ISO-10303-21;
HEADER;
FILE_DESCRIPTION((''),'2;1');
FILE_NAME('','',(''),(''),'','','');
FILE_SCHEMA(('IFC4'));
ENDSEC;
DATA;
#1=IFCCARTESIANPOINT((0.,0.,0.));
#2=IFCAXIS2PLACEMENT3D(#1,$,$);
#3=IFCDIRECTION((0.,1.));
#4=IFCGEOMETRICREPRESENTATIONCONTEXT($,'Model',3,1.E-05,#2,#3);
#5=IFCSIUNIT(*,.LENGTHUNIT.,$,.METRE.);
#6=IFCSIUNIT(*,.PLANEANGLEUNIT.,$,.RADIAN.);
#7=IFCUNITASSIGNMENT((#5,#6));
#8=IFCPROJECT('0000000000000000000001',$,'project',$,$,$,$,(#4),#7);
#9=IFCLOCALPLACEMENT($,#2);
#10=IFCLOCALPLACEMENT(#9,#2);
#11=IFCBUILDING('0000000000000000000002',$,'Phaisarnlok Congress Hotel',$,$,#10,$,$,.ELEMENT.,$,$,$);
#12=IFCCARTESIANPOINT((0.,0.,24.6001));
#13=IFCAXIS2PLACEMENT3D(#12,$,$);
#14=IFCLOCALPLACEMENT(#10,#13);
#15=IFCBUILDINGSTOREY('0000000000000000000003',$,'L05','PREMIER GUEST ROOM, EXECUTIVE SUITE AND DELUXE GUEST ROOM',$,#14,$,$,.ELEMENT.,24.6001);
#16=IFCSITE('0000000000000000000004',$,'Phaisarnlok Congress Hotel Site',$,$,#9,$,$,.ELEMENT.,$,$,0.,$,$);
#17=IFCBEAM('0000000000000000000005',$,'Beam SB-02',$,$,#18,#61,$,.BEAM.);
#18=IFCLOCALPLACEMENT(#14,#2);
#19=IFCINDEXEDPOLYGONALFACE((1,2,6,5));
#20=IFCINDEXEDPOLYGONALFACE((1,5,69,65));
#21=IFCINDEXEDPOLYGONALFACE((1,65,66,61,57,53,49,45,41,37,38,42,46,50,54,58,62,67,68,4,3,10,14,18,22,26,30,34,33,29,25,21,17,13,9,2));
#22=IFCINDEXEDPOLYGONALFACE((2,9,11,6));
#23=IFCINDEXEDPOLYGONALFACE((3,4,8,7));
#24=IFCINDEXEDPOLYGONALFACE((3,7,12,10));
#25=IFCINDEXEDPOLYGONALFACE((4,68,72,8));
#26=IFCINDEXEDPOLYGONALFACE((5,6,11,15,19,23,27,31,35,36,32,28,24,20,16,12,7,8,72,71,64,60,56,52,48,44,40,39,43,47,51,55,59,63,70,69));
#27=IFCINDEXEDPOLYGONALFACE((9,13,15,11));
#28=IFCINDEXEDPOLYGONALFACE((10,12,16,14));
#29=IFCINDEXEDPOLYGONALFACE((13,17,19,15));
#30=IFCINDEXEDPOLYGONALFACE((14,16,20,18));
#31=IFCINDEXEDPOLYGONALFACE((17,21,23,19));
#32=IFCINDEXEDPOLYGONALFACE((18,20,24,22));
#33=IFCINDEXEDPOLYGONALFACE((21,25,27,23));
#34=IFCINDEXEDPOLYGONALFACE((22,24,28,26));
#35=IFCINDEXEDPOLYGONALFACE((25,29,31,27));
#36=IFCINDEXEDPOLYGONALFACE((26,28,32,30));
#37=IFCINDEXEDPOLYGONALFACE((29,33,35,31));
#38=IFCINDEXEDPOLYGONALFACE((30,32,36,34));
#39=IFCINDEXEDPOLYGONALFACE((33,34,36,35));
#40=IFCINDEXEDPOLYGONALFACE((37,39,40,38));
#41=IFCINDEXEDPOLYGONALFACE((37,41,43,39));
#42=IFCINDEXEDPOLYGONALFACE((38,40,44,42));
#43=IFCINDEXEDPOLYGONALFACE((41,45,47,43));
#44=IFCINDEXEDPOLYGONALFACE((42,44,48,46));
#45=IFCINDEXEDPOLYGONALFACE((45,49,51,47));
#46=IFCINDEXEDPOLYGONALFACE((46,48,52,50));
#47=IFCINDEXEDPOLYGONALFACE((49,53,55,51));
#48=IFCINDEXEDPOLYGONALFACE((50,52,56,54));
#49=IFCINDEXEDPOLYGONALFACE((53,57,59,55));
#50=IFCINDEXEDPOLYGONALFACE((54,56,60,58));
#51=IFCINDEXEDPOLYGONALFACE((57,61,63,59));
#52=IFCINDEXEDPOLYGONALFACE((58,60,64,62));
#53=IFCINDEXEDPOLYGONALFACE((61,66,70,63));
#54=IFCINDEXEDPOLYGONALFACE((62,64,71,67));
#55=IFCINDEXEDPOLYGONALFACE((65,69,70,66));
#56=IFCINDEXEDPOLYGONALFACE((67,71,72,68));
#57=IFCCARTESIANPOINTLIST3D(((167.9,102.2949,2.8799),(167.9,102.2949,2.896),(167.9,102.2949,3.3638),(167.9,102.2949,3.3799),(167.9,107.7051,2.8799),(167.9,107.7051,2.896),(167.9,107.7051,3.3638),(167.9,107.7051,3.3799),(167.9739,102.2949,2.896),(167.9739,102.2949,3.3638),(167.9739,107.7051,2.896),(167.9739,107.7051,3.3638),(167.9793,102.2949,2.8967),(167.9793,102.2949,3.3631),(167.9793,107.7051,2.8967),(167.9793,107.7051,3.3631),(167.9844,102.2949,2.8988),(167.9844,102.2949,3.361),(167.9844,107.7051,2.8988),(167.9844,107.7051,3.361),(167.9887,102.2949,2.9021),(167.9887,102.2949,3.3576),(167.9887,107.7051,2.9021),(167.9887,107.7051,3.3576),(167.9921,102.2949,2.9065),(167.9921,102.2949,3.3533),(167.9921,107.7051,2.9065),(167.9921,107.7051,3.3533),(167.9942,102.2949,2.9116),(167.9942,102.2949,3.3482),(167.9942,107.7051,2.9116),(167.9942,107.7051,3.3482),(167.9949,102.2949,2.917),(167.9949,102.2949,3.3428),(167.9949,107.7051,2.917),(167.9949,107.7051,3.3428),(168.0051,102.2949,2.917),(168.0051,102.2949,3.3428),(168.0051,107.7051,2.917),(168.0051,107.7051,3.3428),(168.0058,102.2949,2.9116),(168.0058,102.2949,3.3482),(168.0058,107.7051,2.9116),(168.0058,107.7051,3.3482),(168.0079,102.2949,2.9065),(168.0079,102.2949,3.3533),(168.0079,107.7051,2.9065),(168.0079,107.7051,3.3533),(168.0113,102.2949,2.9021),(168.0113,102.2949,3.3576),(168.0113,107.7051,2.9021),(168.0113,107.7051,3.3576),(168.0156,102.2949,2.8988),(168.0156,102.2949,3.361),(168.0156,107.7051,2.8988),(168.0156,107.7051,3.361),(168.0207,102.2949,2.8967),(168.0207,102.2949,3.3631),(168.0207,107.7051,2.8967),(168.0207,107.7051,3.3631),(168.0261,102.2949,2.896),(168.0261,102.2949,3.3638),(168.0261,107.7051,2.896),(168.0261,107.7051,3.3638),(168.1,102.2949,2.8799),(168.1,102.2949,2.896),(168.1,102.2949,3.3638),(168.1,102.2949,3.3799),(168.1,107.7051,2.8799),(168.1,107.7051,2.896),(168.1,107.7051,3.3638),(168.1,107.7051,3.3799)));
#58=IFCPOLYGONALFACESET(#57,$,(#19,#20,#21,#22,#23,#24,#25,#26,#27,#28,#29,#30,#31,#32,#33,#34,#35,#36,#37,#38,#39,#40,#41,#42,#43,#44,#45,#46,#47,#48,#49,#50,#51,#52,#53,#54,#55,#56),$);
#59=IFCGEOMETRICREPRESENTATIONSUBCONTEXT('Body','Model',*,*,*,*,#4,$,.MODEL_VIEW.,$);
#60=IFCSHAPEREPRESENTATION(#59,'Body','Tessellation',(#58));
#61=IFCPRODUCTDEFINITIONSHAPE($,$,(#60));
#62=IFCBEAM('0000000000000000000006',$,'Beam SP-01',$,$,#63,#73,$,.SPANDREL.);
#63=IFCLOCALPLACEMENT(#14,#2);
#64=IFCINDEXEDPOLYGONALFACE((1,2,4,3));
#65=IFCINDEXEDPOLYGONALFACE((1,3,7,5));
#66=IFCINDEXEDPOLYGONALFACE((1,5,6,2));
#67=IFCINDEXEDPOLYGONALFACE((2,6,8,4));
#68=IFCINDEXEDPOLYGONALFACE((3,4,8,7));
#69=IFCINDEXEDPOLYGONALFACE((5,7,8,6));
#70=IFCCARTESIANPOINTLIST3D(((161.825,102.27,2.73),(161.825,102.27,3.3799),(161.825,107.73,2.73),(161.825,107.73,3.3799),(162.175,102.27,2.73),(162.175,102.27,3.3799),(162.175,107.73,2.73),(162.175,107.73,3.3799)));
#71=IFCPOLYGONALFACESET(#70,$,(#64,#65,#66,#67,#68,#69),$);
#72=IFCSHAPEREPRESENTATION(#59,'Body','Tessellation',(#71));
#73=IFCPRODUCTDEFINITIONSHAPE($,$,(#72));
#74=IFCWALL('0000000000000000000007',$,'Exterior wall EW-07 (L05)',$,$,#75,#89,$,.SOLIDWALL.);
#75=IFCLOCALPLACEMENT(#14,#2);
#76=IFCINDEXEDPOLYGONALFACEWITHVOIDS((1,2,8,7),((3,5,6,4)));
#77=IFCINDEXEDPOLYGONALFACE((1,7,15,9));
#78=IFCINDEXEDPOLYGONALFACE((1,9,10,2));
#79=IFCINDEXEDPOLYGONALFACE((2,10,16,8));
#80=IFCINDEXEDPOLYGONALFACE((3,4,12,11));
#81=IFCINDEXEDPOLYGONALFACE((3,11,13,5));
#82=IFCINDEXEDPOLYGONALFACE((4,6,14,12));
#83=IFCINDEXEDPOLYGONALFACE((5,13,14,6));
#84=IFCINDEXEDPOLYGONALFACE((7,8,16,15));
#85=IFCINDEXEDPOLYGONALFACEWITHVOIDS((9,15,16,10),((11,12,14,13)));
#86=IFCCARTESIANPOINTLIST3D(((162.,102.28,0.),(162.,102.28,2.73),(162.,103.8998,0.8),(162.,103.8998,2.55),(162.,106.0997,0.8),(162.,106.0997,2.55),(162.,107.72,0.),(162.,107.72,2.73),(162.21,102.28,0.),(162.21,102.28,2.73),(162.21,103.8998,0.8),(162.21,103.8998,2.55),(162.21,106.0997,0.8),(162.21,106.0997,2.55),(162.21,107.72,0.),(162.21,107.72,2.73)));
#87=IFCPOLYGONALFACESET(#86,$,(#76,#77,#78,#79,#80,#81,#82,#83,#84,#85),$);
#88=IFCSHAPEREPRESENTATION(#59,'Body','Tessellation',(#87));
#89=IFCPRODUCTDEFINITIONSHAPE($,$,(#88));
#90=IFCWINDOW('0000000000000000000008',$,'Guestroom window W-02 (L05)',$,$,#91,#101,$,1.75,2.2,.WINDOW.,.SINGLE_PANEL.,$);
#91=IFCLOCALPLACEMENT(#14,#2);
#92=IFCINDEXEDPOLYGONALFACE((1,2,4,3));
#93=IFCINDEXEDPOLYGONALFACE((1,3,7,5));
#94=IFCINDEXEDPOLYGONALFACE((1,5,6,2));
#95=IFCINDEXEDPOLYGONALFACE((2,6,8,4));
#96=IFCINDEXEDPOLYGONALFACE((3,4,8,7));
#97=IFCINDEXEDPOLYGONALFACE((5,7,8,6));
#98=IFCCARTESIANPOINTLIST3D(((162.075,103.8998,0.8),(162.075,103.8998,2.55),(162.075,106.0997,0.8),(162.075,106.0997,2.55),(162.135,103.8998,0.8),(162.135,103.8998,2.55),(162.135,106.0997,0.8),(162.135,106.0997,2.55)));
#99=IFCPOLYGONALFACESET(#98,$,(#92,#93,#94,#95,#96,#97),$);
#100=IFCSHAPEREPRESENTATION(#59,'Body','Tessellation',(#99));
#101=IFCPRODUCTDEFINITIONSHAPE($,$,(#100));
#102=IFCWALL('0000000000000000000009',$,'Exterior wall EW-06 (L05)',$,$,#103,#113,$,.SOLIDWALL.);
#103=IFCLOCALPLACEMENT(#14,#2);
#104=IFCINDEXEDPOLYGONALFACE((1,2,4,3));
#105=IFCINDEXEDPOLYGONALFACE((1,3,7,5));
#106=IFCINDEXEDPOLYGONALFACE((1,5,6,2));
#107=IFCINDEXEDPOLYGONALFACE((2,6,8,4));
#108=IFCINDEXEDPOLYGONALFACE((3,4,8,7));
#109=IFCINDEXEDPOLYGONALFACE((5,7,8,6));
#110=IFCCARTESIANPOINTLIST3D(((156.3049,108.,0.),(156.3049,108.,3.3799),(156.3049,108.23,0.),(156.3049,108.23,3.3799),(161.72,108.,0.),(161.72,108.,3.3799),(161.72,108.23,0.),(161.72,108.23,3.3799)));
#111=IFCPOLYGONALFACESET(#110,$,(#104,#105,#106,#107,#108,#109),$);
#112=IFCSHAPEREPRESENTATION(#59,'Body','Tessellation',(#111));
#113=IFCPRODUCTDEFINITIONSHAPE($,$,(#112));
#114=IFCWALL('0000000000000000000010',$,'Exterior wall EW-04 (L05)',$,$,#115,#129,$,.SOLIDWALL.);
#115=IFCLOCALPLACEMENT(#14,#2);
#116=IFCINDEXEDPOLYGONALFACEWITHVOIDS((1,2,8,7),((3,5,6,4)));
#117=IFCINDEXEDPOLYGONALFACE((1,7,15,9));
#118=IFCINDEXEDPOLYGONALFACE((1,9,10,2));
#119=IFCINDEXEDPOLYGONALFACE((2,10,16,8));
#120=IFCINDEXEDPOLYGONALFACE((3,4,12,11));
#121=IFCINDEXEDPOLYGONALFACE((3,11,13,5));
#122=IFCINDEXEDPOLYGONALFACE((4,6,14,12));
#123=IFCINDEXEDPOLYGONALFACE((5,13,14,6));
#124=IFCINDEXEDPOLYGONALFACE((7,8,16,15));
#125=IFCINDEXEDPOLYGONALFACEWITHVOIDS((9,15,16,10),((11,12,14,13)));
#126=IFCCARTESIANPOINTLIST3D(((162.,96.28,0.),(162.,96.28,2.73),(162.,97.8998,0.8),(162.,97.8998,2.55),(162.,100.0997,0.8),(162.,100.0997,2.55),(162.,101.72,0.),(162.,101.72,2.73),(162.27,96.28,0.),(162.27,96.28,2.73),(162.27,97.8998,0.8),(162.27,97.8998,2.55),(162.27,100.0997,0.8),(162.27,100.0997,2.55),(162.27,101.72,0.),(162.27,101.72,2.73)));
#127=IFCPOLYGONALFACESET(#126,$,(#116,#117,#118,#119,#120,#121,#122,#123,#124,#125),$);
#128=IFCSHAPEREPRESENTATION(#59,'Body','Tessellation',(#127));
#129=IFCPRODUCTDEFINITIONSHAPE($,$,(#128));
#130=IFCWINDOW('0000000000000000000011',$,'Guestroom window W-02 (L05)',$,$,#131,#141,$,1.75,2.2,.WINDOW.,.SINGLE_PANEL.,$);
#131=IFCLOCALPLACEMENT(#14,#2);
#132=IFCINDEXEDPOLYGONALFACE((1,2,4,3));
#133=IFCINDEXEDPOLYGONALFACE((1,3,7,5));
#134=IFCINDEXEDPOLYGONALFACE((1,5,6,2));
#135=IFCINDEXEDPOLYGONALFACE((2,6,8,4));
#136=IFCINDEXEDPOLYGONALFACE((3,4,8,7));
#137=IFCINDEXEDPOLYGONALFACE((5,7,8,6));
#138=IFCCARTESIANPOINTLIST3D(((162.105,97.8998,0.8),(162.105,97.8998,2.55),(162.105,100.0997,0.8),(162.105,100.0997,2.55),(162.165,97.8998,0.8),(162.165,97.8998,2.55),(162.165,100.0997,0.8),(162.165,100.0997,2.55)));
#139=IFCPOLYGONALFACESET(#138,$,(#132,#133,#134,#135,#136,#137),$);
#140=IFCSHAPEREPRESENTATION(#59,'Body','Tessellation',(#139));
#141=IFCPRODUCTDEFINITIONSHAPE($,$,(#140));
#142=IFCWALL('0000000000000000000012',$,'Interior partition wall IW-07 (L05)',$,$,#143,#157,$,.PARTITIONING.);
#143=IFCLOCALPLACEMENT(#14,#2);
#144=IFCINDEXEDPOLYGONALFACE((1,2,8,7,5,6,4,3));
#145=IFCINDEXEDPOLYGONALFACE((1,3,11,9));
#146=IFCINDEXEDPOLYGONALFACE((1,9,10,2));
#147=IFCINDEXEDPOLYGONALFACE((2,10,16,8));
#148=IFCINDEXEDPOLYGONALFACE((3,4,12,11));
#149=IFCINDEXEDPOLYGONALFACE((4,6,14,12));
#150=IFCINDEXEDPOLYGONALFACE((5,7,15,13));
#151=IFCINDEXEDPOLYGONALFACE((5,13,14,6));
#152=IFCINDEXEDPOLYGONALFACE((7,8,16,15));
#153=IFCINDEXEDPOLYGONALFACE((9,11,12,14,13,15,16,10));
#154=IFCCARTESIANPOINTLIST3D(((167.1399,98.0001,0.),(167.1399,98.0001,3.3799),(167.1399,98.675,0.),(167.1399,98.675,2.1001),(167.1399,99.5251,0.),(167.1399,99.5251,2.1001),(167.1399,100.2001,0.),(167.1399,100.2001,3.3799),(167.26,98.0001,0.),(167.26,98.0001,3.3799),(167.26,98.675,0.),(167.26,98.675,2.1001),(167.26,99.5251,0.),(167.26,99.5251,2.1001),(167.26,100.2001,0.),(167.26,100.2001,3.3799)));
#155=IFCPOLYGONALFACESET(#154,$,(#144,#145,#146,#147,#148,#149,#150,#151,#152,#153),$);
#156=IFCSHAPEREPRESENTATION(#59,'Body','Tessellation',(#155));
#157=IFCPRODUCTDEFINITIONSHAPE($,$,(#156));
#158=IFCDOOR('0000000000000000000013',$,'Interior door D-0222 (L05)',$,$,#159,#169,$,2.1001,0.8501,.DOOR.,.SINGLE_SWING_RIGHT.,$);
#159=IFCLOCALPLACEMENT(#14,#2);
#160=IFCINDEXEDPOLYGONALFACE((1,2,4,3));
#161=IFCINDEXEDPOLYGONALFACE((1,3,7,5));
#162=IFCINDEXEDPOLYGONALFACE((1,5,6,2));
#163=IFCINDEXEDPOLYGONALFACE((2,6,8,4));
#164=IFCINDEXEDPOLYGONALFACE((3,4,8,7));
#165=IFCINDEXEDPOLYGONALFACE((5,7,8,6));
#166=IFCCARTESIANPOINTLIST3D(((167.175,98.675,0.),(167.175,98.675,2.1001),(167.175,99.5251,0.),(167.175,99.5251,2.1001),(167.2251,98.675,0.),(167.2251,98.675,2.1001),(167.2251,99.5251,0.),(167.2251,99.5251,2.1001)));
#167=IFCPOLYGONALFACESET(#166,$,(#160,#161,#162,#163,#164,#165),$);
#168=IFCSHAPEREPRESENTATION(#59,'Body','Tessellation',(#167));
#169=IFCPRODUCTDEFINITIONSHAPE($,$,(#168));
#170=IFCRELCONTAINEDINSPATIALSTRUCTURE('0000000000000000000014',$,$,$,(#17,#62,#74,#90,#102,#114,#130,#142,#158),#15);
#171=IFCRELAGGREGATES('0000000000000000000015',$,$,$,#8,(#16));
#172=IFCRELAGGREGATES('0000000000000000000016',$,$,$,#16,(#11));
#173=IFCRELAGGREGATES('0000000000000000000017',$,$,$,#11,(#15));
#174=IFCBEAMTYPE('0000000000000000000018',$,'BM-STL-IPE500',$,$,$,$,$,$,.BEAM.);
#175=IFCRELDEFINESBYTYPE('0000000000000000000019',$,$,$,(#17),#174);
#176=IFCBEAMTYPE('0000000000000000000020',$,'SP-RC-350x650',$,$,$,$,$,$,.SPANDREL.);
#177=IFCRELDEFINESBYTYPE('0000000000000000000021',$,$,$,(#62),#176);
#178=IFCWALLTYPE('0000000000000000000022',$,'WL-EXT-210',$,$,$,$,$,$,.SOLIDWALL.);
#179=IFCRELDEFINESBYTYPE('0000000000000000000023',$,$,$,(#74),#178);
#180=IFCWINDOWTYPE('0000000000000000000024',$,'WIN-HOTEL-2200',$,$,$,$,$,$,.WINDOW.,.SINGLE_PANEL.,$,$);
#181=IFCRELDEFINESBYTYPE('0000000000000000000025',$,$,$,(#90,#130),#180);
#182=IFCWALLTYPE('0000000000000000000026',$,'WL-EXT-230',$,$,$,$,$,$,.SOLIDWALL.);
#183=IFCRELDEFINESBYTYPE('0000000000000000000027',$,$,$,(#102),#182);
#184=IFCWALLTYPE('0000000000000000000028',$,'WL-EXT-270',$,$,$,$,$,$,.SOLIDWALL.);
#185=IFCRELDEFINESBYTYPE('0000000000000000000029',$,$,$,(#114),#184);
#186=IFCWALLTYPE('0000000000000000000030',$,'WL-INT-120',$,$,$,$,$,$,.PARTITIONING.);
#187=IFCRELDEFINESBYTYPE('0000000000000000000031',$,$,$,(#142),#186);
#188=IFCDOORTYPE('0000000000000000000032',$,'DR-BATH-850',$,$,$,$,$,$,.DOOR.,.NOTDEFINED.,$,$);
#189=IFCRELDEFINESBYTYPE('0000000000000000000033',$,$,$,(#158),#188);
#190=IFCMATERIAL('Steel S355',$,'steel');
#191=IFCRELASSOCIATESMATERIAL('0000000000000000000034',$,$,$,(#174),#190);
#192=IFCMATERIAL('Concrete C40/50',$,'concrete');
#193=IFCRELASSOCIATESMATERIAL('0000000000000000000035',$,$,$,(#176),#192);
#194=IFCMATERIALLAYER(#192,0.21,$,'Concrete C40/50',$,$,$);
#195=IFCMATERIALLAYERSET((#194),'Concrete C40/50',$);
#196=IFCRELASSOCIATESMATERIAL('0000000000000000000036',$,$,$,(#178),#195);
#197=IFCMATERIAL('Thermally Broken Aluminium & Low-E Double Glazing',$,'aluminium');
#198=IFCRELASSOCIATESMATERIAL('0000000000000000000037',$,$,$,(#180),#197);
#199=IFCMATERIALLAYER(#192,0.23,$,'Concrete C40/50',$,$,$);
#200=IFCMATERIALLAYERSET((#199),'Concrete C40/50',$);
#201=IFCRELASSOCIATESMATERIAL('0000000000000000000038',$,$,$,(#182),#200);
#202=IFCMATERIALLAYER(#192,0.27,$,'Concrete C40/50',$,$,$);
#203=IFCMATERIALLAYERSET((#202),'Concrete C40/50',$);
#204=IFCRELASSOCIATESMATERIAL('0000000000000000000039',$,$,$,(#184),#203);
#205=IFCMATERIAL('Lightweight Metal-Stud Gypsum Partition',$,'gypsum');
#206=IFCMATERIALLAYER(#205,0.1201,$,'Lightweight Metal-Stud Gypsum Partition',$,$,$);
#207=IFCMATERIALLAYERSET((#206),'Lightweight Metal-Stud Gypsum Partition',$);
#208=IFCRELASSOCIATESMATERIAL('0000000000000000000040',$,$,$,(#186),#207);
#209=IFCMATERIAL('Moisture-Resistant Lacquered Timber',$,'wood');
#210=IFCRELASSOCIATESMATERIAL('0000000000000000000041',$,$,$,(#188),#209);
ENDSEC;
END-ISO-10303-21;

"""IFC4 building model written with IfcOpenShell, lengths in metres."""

from ifc_helpers import new_model, si_unit, direction, frame, frame_2d, origin, origin_2d, place, context, subcontext, project, spatial, rectangle, i_section, extrude, material, layer, layer_set, material_profile, profile_set, type_object, element, fill, save


model = new_model("IFC4")

# Units and contexts
model_context = context("Model", 3, precision=1e-05, world=origin(), true_north=direction((0.0, 1.0)))
body_context = subcontext(model_context, "Body", "Model", "MODEL_VIEW")
ifc_project = project(units=[si_unit("LENGTHUNIT", "METRE"), si_unit("PLANEANGLEUNIT", "RADIAN")], contexts=[model_context])

# Site, building, storey
site_placement = place(None, origin())
site = spatial("IfcSite", under=ifc_project, at=site_placement, Name="Phaisarnlok Congress Hotel Site", CompositionType="ELEMENT", RefElevation=0.0)
building_placement = place(site_placement, origin())
building = spatial("IfcBuilding", under=site, at=building_placement, Name="Phaisarnlok Congress Hotel", CompositionType="ELEMENT")
storey_placement = place(building_placement, frame((0.0, 0.0, 24.6001)))
storey = spatial("IfcBuildingStorey", under=building, at=storey_placement, Name="L05", Description="PREMIER GUEST ROOM, EXECUTIVE SUITE AND DELUXE GUEST ROOM", CompositionType="ELEMENT", Elevation=24.6001)

# Beams
ifc_material_1 = material(Name="Concrete C40/50", Category="concrete")
ifc_material_2 = material(Name="Steel S355", Category="steel")
ifc_material_profile_1 = material_profile(ifc_material_2, i_section(OverallWidth=0.2, OverallDepth=0.5, WebThickness=0.0103, FlangeThickness=0.0161, FilletRadius=0.021, at=origin_2d()), Name="IPE 500")
ifc_profile_set_1 = profile_set([ifc_material_profile_1], Name="Steel S355")
beam_type_1 = type_object("IfcBeamType", Name="BM-STL-IPE500", PredefinedType="BEAM", material=ifc_profile_set_1)
beam_1_placement = place(storey_placement, frame((168.0, 102.2949, 3.1299), z_axis=(0.0, 1.0, 0.0), x_axis=(-1.0, 0.0, 0.0)))
element("IfcBeam", 1, at=beam_1_placement, inside=storey, type_object=beam_type_1, Name="Beam SB-02", PredefinedType="BEAM", context=body_context, shape_type="SweptSolid", body=[
    extrude(i_section(OverallWidth=0.2, OverallDepth=0.5, WebThickness=0.0103, FlangeThickness=0.0161, FilletRadius=0.021, at=origin_2d()), origin(), (0.0, 0.0, 1.0), 5.4102),
])
ifc_material_profile_2 = material_profile(ifc_material_1, rectangle(XDim=0.3501, YDim=0.6499, at=origin_2d()), Name="RC 350x650")
ifc_profile_set_2 = profile_set([ifc_material_profile_2], Name="Concrete C40/50")
beam_type_2 = type_object("IfcBeamType", Name="SP-RC-350x650", PredefinedType="SPANDREL", material=ifc_profile_set_2)
beam_2_placement = place(storey_placement, frame((162.0, 102.27, 3.0549), z_axis=(0.0, 1.0, 0.0), x_axis=(-1.0, 0.0, 0.0)))
element("IfcBeam", 2, at=beam_2_placement, inside=storey, type_object=beam_type_2, Name="Beam SP-01", PredefinedType="SPANDREL", context=body_context, shape_type="SweptSolid", body=[
    extrude(rectangle(XDim=0.3501, YDim=0.6499, at=origin_2d()), origin(), (0.0, 0.0, 1.0), 5.46),
])

# Wall, opening, window
ifc_layer_1 = layer(ifc_material_1, 0.21, Name="Concrete C40/50")
ifc_layer_set_1 = layer_set([ifc_layer_1], Name="Concrete C40/50")
wall_type_1 = type_object("IfcWallType", Name="WL-EXT-210", PredefinedType="SOLIDWALL", material=ifc_layer_set_1)
wall_1_placement = place(storey_placement, frame((162.105, 107.72, 0.0), z_axis=(0.0, 0.0, 1.0), x_axis=(0.0, -1.0, 0.0)))
wall_1 = element("IfcWall", 3, at=wall_1_placement, inside=storey, type_object=wall_type_1, Name="Exterior wall EW-07 (L05)", PredefinedType="SOLIDWALL", context=body_context, shape_type="SweptSolid", body=[
    extrude(rectangle(XDim=5.4399, YDim=0.21, at=frame_2d((2.72, 0.0))), origin(), (0.0, 0.0, 1.0), 2.73),
])
opening_1_placement = place(wall_1_placement, frame((1.6201, 0.0, 0.8)))
opening_1 = element("IfcOpeningElement", 4, at=opening_1_placement, cuts=wall_1, PredefinedType="OPENING", context=body_context, shape_type="SweptSolid", body=[
    extrude(rectangle(XDim=2.2, YDim=1.75, at=frame_2d((1.1001, 0.875))), frame((0.0, 0.115, 0.0), z_axis=(0.0, -1.0, 0.0), x_axis=(1.0, 0.0, 0.0)), (0.0, 0.0, 1.0), 0.23),
])
ifc_material_3 = material(Name="Thermally Broken Aluminium & Low-E Double Glazing", Category="aluminium")
window_type = type_object("IfcWindowType", Name="WIN-HOTEL-2200", PartitioningType="SINGLE_PANEL", PredefinedType="WINDOW", material=ifc_material_3)
window_1_placement = place(opening_1_placement, origin())
window_1 = element("IfcWindow", 5, at=window_1_placement, inside=storey, type_object=window_type, Name="Guestroom window W-02 (L05)", OverallHeight=1.75, OverallWidth=2.2, PartitioningType="SINGLE_PANEL", PredefinedType="WINDOW", context=body_context, shape_type="SweptSolid", body=[
    extrude(rectangle(XDim=2.2, YDim=1.75, at=frame_2d((1.1001, 0.875))), frame((0.0, 0.03, 0.0), z_axis=(0.0, -1.0, 0.0), x_axis=(1.0, 0.0, 0.0)), (0.0, 0.0, 1.0), 0.0601),
])
fill(opening_1, window_1)

# Wall
ifc_layer_2 = layer(ifc_material_1, 0.23, Name="Concrete C40/50")
ifc_layer_set_2 = layer_set([ifc_layer_2], Name="Concrete C40/50")
wall_type_2 = type_object("IfcWallType", Name="WL-EXT-230", PredefinedType="SOLIDWALL", material=ifc_layer_set_2)
wall_2_placement = place(storey_placement, frame((156.3049, 108.115, 0.0), z_axis=(0.0, 0.0, 1.0), x_axis=(1.0, 0.0, 0.0)))
element("IfcWall", 6, at=wall_2_placement, inside=storey, type_object=wall_type_2, Name="Exterior wall EW-06 (L05)", PredefinedType="SOLIDWALL", context=body_context, shape_type="SweptSolid", body=[
    extrude(rectangle(XDim=5.415, YDim=0.23, at=frame_2d((2.7075, 0.0))), origin(), (0.0, 0.0, 1.0), 3.3799),
])

# Wall, opening, window
ifc_layer_3 = layer(ifc_material_1, 0.27, Name="Concrete C40/50")
ifc_layer_set_3 = layer_set([ifc_layer_3], Name="Concrete C40/50")
wall_type_3 = type_object("IfcWallType", Name="WL-EXT-270", PredefinedType="SOLIDWALL", material=ifc_layer_set_3)
wall_3_placement = place(storey_placement, frame((162.135, 101.72, 0.0), z_axis=(0.0, 0.0, 1.0), x_axis=(0.0, -1.0, 0.0)))
wall_3 = element("IfcWall", 7, at=wall_3_placement, inside=storey, type_object=wall_type_3, Name="Exterior wall EW-04 (L05)", PredefinedType="SOLIDWALL", context=body_context, shape_type="SweptSolid", body=[
    extrude(rectangle(XDim=5.4399, YDim=0.27, at=frame_2d((2.72, 0.0))), origin(), (0.0, 0.0, 1.0), 2.73),
])
opening_2_placement = place(wall_3_placement, frame((1.6201, 0.0, 0.8)))
opening_2 = element("IfcOpeningElement", 8, at=opening_2_placement, cuts=wall_3, PredefinedType="OPENING", context=body_context, shape_type="SweptSolid", body=[
    extrude(rectangle(XDim=2.2, YDim=1.75, at=frame_2d((1.1001, 0.875))), frame((0.0, 0.145, 0.0), z_axis=(0.0, -1.0, 0.0), x_axis=(1.0, 0.0, 0.0)), (0.0, 0.0, 1.0), 0.29),
])
window_2_placement = place(opening_2_placement, origin())
window_2 = element("IfcWindow", 9, at=window_2_placement, inside=storey, type_object=window_type, Name="Guestroom window W-02 (L05)", OverallHeight=1.75, OverallWidth=2.2, PartitioningType="SINGLE_PANEL", PredefinedType="WINDOW", context=body_context, shape_type="SweptSolid", body=[
    extrude(rectangle(XDim=2.2, YDim=1.75, at=frame_2d((1.1001, 0.875))), frame((0.0, 0.03, 0.0), z_axis=(0.0, -1.0, 0.0), x_axis=(1.0, 0.0, 0.0)), (0.0, 0.0, 1.0), 0.0601),
])
fill(opening_2, window_2)

# Wall, opening, door
ifc_material_4 = material(Name="Lightweight Metal-Stud Gypsum Partition", Category="gypsum")
ifc_layer_4 = layer(ifc_material_4, 0.1201, Name="Lightweight Metal-Stud Gypsum Partition")
ifc_layer_set_4 = layer_set([ifc_layer_4], Name="Lightweight Metal-Stud Gypsum Partition")
wall_type_4 = type_object("IfcWallType", Name="WL-INT-120", PredefinedType="PARTITIONING", material=ifc_layer_set_4)
wall_4_placement = place(storey_placement, frame((167.2, 98.0, 0.0), z_axis=(0.0, 0.0, 1.0), x_axis=(0.0, 1.0, 0.0)))
wall_4 = element("IfcWall", 10, at=wall_4_placement, inside=storey, type_object=wall_type_4, Name="Interior partition wall IW-07 (L05)", PredefinedType="PARTITIONING", context=body_context, shape_type="SweptSolid", body=[
    extrude(rectangle(XDim=2.2, YDim=0.1201, at=frame_2d((1.1001, 0.0))), origin(), (0.0, 0.0, 1.0), 3.3799),
])
opening_3_placement = place(wall_4_placement, frame((0.675, 0.0, 0.0)))
opening_3 = element("IfcOpeningElement", 11, at=opening_3_placement, cuts=wall_4, PredefinedType="OPENING", context=body_context, shape_type="SweptSolid", body=[
    extrude(rectangle(XDim=0.8501, YDim=2.1001, at=frame_2d((0.425, 1.05))), frame((0.0, 0.0701, 0.0), z_axis=(0.0, -1.0, 0.0), x_axis=(1.0, 0.0, 0.0)), (0.0, 0.0, 1.0), 0.1401),
])
ifc_material_5 = material(Name="Moisture-Resistant Lacquered Timber", Category="wood")
door_type = type_object("IfcDoorType", Name="DR-BATH-850", OperationType="NOTDEFINED", PredefinedType="DOOR", material=ifc_material_5)
door_1_placement = place(opening_3_placement, origin())
door_1 = element("IfcDoor", 12, at=door_1_placement, inside=storey, type_object=door_type, Name="Interior door D-0222 (L05)", OperationType="SINGLE_SWING_RIGHT", OverallHeight=2.1001, OverallWidth=0.8501, PredefinedType="DOOR", context=body_context, shape_type="SweptSolid", body=[
    extrude(rectangle(XDim=0.8501, YDim=2.1001, at=frame_2d((0.425, 1.05))), frame((0.0, 0.0249, 0.0), z_axis=(0.0, -1.0, 0.0), x_axis=(1.0, 0.0, 0.0)), (0.0, 0.0, 1.0), 0.05),
])
fill(opening_3, door_1)

save(model, "model.ifc")
